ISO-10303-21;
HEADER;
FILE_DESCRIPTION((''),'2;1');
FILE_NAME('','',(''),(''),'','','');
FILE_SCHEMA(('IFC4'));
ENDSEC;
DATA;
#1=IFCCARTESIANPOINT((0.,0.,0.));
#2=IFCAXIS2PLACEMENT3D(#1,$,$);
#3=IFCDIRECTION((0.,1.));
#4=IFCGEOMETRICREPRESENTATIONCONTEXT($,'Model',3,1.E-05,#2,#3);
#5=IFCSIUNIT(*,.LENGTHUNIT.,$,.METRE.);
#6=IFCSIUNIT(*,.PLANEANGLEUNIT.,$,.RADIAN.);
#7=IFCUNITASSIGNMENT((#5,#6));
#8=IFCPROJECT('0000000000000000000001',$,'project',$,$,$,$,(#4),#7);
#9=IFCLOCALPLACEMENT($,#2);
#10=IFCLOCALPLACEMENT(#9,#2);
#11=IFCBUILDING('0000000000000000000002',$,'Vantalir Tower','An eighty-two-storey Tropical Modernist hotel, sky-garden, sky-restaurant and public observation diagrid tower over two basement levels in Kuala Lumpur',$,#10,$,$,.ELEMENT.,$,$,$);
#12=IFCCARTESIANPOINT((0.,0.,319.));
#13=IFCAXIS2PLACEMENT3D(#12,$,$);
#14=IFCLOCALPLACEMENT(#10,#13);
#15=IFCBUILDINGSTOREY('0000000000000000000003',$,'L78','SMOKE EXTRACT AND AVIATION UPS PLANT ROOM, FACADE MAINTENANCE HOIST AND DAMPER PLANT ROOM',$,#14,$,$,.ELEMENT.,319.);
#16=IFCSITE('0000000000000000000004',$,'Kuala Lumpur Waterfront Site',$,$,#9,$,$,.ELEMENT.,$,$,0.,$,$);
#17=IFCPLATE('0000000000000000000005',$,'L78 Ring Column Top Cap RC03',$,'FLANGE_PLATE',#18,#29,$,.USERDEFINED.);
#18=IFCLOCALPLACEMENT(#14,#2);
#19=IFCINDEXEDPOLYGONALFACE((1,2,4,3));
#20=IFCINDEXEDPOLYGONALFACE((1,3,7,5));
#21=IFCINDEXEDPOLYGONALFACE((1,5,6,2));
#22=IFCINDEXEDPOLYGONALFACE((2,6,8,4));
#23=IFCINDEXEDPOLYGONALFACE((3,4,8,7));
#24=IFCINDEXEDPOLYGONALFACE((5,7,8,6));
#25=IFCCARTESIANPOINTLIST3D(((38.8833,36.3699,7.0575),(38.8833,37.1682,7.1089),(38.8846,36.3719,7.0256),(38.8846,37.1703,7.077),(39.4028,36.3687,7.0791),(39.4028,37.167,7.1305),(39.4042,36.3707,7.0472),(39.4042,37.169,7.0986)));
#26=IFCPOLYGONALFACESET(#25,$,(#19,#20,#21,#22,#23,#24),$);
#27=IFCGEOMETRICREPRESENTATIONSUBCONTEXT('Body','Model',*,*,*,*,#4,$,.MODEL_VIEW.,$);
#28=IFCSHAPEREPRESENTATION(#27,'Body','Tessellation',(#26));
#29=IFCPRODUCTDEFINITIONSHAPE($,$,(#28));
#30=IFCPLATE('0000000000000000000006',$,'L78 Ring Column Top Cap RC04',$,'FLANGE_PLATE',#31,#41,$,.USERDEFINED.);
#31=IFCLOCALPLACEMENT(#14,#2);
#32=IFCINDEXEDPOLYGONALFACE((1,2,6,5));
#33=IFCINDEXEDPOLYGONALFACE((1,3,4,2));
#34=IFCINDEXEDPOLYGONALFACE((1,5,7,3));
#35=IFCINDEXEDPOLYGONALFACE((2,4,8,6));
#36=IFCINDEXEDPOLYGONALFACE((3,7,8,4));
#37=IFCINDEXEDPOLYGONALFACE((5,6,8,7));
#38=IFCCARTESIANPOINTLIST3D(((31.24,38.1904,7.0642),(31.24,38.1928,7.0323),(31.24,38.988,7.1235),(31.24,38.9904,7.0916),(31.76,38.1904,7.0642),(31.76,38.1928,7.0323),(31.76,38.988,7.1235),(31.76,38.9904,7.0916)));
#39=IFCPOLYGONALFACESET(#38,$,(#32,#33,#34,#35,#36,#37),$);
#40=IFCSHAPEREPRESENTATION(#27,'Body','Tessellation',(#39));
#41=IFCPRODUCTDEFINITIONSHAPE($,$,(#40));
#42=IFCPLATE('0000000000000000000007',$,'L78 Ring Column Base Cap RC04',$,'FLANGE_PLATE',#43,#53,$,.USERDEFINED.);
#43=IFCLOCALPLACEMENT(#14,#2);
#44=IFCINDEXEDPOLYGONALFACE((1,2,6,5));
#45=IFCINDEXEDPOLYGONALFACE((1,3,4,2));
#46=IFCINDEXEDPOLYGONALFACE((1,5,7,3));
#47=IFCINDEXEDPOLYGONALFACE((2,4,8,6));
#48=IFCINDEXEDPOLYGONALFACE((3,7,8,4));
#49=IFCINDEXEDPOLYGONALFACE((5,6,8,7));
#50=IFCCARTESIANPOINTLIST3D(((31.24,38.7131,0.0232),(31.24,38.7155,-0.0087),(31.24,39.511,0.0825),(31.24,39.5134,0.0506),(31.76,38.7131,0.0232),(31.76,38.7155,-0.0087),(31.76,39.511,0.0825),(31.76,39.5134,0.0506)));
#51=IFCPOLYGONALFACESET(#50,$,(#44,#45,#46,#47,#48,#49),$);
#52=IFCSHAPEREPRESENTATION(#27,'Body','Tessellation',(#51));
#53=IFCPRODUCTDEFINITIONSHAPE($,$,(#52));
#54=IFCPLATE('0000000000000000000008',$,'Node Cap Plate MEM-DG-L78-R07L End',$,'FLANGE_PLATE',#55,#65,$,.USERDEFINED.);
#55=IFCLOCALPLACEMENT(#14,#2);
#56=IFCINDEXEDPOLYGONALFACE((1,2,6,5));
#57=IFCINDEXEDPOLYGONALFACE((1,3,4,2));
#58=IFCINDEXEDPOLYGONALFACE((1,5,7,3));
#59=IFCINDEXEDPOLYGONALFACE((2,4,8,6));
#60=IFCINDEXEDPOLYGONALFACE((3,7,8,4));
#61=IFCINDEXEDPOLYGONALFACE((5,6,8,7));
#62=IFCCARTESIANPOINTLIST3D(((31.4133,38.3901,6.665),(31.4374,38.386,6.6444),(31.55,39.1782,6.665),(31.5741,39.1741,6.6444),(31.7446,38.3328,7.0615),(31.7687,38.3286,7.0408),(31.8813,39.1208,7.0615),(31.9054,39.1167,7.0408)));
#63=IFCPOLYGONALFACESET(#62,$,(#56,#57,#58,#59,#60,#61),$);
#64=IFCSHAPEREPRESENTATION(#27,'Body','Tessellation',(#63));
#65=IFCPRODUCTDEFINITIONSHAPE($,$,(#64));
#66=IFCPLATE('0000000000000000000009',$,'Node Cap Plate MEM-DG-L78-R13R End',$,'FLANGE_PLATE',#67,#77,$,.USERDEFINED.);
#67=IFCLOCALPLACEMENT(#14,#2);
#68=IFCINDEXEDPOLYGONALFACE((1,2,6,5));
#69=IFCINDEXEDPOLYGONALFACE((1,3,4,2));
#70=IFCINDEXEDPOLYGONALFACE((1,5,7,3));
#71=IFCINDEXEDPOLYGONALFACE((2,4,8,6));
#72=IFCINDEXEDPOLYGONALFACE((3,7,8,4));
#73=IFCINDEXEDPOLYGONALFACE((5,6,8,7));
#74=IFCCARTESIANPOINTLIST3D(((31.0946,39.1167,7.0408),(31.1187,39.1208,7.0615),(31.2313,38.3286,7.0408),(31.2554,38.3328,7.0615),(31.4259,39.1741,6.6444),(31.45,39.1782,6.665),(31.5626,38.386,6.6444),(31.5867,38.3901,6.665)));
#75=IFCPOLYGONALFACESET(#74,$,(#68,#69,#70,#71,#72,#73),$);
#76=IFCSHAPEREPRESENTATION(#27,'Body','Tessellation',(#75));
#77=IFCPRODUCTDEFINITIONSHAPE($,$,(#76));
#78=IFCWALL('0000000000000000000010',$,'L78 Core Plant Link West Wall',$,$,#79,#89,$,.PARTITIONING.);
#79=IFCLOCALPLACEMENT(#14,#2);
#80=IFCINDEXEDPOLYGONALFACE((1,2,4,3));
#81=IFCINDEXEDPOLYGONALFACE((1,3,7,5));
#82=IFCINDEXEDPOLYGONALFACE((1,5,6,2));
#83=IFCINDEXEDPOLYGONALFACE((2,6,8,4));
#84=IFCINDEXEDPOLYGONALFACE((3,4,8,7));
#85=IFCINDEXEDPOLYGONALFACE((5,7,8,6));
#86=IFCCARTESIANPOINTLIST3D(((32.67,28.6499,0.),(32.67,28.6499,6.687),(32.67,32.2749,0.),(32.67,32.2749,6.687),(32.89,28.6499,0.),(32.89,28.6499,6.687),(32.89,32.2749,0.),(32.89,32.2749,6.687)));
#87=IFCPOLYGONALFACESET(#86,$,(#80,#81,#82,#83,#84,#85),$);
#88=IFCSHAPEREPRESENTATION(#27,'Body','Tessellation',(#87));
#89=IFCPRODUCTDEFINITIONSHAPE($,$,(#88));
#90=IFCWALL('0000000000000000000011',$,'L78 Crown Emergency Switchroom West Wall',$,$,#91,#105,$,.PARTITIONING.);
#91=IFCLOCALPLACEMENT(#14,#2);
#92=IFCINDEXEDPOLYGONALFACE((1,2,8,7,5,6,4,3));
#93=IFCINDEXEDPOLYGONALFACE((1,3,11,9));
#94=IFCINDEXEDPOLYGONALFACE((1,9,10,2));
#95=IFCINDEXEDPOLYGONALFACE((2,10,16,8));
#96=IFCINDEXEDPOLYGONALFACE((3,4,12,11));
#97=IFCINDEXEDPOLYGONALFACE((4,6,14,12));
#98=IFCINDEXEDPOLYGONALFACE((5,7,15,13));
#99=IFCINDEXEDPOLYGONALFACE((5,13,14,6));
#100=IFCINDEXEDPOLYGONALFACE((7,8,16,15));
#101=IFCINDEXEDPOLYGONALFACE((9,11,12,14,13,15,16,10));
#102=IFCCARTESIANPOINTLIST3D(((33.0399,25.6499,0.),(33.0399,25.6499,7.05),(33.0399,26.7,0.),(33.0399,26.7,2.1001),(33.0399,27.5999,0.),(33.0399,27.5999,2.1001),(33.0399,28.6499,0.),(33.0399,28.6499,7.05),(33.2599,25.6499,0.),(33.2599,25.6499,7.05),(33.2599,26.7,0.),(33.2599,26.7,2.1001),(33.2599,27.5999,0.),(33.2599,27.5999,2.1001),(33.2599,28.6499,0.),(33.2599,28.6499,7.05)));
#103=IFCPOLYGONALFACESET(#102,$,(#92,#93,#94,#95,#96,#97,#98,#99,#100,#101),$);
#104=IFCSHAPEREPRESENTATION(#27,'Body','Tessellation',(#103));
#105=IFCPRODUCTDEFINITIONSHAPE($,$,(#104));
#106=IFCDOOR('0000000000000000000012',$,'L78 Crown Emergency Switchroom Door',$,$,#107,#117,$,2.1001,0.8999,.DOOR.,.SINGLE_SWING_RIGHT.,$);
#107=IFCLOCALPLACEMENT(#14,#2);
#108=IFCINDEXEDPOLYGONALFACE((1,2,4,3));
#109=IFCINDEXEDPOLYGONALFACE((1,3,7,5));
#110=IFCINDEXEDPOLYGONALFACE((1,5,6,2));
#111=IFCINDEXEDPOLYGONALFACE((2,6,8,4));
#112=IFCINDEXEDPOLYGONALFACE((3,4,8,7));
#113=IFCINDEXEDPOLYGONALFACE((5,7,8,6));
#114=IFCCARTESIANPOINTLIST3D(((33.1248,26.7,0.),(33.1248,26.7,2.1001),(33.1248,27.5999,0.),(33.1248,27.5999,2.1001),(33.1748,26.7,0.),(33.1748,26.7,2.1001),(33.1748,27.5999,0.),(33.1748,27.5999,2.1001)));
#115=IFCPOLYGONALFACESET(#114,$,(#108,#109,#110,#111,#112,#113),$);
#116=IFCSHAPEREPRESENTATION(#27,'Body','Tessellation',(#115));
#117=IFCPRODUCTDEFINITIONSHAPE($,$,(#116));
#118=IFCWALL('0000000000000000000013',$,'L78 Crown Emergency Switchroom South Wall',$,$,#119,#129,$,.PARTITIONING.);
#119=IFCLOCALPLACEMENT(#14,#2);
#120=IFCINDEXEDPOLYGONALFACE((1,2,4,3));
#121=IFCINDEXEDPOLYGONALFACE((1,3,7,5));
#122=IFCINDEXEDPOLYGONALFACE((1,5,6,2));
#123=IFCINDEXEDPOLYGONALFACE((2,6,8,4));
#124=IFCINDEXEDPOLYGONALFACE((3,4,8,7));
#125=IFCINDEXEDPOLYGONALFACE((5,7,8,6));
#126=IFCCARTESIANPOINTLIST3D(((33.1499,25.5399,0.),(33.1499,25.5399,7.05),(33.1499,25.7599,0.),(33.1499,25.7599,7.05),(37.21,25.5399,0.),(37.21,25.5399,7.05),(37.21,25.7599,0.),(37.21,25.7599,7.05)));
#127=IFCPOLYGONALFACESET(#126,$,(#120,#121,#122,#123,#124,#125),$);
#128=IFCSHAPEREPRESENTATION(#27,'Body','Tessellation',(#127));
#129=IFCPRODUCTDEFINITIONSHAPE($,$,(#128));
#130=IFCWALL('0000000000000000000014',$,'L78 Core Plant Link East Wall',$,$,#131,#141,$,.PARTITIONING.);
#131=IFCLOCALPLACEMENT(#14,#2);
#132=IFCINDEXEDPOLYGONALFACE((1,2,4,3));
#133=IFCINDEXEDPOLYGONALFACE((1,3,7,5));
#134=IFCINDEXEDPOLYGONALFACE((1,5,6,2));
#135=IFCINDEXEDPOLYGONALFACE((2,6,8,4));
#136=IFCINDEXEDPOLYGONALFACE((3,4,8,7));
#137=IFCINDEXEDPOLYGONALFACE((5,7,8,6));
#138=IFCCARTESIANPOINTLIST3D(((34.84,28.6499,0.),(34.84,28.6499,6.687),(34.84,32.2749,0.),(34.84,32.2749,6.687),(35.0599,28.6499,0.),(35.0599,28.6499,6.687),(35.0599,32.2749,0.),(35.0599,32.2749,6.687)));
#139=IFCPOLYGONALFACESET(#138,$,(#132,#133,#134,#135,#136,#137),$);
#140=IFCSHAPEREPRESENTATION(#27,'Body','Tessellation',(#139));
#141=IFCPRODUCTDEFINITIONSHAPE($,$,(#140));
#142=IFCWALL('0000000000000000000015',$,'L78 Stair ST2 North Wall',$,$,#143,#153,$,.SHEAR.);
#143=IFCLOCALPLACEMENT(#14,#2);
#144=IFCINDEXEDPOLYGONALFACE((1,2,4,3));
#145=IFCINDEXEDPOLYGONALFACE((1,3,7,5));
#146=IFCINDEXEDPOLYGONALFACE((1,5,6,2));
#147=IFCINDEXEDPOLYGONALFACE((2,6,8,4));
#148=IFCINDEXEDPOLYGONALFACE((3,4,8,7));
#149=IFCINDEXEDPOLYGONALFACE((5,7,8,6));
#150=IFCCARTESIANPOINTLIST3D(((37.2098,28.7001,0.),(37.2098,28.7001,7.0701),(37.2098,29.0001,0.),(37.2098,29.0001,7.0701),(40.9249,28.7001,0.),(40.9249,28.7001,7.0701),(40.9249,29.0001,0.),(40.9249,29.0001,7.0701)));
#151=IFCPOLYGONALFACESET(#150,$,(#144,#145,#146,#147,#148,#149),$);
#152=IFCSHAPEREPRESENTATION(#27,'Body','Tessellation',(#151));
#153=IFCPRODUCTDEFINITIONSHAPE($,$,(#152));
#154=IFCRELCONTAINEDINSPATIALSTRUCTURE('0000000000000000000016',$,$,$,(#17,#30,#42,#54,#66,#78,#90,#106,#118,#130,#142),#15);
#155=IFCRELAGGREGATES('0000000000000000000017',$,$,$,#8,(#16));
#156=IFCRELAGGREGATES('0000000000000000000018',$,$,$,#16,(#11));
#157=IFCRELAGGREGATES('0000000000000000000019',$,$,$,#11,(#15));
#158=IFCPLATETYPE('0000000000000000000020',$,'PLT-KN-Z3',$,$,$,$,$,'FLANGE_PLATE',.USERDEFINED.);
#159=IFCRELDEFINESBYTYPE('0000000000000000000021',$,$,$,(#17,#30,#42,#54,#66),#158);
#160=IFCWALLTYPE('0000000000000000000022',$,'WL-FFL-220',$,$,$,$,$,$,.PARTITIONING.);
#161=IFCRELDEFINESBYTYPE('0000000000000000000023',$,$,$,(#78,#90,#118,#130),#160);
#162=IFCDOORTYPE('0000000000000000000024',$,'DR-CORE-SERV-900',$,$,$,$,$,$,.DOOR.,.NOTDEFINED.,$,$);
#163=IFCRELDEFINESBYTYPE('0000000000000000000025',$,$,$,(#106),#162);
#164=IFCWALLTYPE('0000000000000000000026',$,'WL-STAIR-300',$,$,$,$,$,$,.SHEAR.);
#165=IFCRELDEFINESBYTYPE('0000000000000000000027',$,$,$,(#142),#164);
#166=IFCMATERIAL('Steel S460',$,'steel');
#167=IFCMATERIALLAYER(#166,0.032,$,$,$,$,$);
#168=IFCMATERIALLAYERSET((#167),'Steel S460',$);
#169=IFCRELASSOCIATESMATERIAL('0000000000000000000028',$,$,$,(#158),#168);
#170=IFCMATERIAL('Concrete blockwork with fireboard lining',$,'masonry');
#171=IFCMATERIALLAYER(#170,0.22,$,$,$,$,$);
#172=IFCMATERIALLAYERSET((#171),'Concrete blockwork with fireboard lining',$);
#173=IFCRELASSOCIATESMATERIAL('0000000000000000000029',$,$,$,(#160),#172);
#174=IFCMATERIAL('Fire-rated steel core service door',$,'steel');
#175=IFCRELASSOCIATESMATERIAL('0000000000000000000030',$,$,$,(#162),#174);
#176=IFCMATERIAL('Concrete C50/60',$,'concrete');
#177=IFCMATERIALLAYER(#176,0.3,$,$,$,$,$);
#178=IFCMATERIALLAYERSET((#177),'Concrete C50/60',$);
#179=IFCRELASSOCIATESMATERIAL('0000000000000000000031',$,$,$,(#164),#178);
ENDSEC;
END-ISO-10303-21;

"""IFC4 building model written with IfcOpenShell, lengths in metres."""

from ifc_helpers import new_model, si_unit, direction, frame, frame_2d, origin, place, context, subcontext, project, spatial, polyline, rectangle, outline, extrude, material, layer, layer_set, type_object, element, fill, save


model = new_model("IFC4")

# Units and contexts
model_context = context("Model", 3, precision=1e-05, world=origin(), true_north=direction((0.0, 1.0)))
body_context = subcontext(model_context, "Body", "Model", "MODEL_VIEW")
ifc_project = project(units=[si_unit("LENGTHUNIT", "METRE"), si_unit("PLANEANGLEUNIT", "RADIAN")], contexts=[model_context])

# Site, building, storey
site_placement = place(None, origin())
site = spatial("IfcSite", under=ifc_project, at=site_placement, Name="Kuala Lumpur Waterfront Site", CompositionType="ELEMENT", RefElevation=0.0)
building_placement = place(site_placement, origin())
building = spatial("IfcBuilding", under=site, at=building_placement, Name="Vantalir Tower", Description="An eighty-two-storey Tropical Modernist hotel, sky-garden, sky-restaurant and public observation diagrid tower over two basement levels in Kuala Lumpur", CompositionType="ELEMENT")
storey_placement = place(building_placement, frame((0.0, 0.0, 319.0)))
storey = spatial("IfcBuildingStorey", under=building, at=storey_placement, Name="L78", Description="SMOKE EXTRACT AND AVIATION UPS PLANT ROOM, FACADE MAINTENANCE HOIST AND DAMPER PLANT ROOM", CompositionType="ELEMENT", Elevation=319.0)

# Shared definitions
ifc_material_1 = material(Name="Concrete C50/60", Category="concrete")
ifc_material_2 = material(Name="Steel S460", Category="steel")

# Plates
ifc_layer_1 = layer(ifc_material_2, 0.032)
ifc_layer_set_1 = layer_set([ifc_layer_1], Name="Steel S460")
plate_type_1 = type_object("IfcPlateType", Name="PLT-KN-Z3", ElementType="FLANGE_PLATE", PredefinedType="USERDEFINED", material=ifc_layer_set_1)
plate_1_placement = place(storey_placement, frame((38.8833, 37.1682, 7.1089), z_axis=(-0.041617, -0.064184, 0.99707), x_axis=(-0.000006, -0.997934, -0.06424)))
element("IfcPlate", 1, at=plate_1_placement, inside=storey, type_object=plate_type_1, Name="L78 Ring Column Top Cap RC03", ObjectType="FLANGE_PLATE", PredefinedType="USERDEFINED", context=body_context, shape_type="SweptSolid", body=[
    extrude(outline(polyline([(0.0, 0.0), (0.8, 0.0), (0.7998, 0.52), (-0.0002, 0.52), (0.0, 0.0)])), origin(), (0.0, 0.0, -1.0), 0.032),
])
plate_2_placement = place(storey_placement, frame((31.24, 38.988, 7.1235), z_axis=(0.0, -0.074175, 0.997245), x_axis=(0.0, -0.997245, -0.074175)))
element("IfcPlate", 2, at=plate_2_placement, inside=storey, type_object=plate_type_1, Name="L78 Ring Column Top Cap RC04", ObjectType="FLANGE_PLATE", PredefinedType="USERDEFINED", context=body_context, shape_type="SweptSolid", body=[
    extrude(outline(polyline([(0.0, 0.0), (0.7998, 0.0), (0.7998, 0.52), (0.0, 0.52), (0.0, 0.0)])), origin(), (0.0, 0.0, -1.0), 0.032),
])
plate_3_placement = place(storey_placement, frame((31.24, 39.511, 0.0825), z_axis=(0.0, -0.074153, 0.997247), x_axis=(0.0, -0.997247, -0.074153)))
element("IfcPlate", 3, at=plate_3_placement, inside=storey, type_object=plate_type_1, Name="L78 Ring Column Base Cap RC04", ObjectType="FLANGE_PLATE", PredefinedType="USERDEFINED", context=body_context, shape_type="SweptSolid", body=[
    extrude(outline(polyline([(0.0, 0.0), (0.8001, 0.0), (0.8001, 0.52), (0.0, 0.52), (0.0, 0.0)])), origin(), (0.0, 0.0, -1.0), 0.032),
])
plate_4_placement = place(storey_placement, frame((31.55, 39.1782, 6.665), z_axis=(-0.751457, 0.130364, 0.646775), x_axis=(-0.170929, -0.985283, 0.0)))
element("IfcPlate", 4, at=plate_4_placement, inside=storey, type_object=plate_type_1, Name="Node Cap Plate MEM-DG-L78-R07L End", ObjectType="FLANGE_PLATE", PredefinedType="USERDEFINED", context=body_context, shape_type="SweptSolid", body=[
    extrude(outline(polyline([(0.0, 0.0), (0.7999, 0.0), (0.7998, 0.5199), (-0.0001, 0.5199), (0.0, 0.0)])), origin(), (0.0, 0.0, -1.0), 0.032),
])
plate_5_placement = place(storey_placement, frame((31.5867, 38.3901, 6.665), z_axis=(0.751457, 0.130364, 0.646775), x_axis=(-0.170929, 0.985283, 0.0)))
element("IfcPlate", 5, at=plate_5_placement, inside=storey, type_object=plate_type_1, Name="Node Cap Plate MEM-DG-L78-R13R End", ObjectType="FLANGE_PLATE", PredefinedType="USERDEFINED", context=body_context, shape_type="SweptSolid", body=[
    extrude(outline(polyline([(0.0, 0.0), (0.7999, 0.0), (0.8, 0.5199), (0.0001, 0.5199), (0.0, 0.0)])), origin(), (0.0, 0.0, -1.0), 0.032),
])

# Wall
ifc_material_3 = material(Name="Concrete blockwork with fireboard lining", Category="masonry")
ifc_layer_2 = layer(ifc_material_3, 0.22)
ifc_layer_set_2 = layer_set([ifc_layer_2], Name="Concrete blockwork with fireboard lining")
wall_type_1 = type_object("IfcWallType", Name="WL-FFL-220", PredefinedType="PARTITIONING", material=ifc_layer_set_2)
wall_1_placement = place(storey_placement, frame((32.78, 28.6499, 0.0), z_axis=(0.0, 0.0, 1.0), x_axis=(0.0, 1.0, 0.0)))
element("IfcWall", 6, at=wall_1_placement, inside=storey, type_object=wall_type_1, Name="L78 Core Plant Link West Wall", PredefinedType="PARTITIONING", context=body_context, shape_type="SweptSolid", body=[
    extrude(rectangle(XDim=3.625, YDim=0.22, at=frame_2d((1.8125, 0.0))), origin(), (0.0, 0.0, 1.0), 6.687),
])

# Wall, opening, door
wall_2_placement = place(storey_placement, frame((33.1499, 25.6499, 0.0), z_axis=(0.0, 0.0, 1.0), x_axis=(0.0, 1.0, 0.0)))
wall_2 = element("IfcWall", 7, at=wall_2_placement, inside=storey, type_object=wall_type_1, Name="L78 Crown Emergency Switchroom West Wall", PredefinedType="PARTITIONING", context=body_context, shape_type="SweptSolid", body=[
    extrude(rectangle(XDim=3.0, YDim=0.22, at=frame_2d((1.5, 0.0))), origin(), (0.0, 0.0, 1.0), 7.05),
])
opening_placement = place(wall_2_placement, frame((1.05, 0.0, 0.0)))
opening = element("IfcOpeningElement", 8, at=opening_placement, cuts=wall_2, PredefinedType="OPENING", context=body_context, shape_type="SweptSolid", body=[
    extrude(rectangle(XDim=0.8999, YDim=2.1001, at=frame_2d((0.45, 1.05))), frame((0.0, 0.1199, 0.0), z_axis=(0.0, -1.0, 0.0), x_axis=(1.0, 0.0, 0.0)), (0.0, 0.0, 1.0), 0.24),
])
ifc_material_4 = material(Name="Fire-rated steel core service door", Category="steel")
door_type = type_object("IfcDoorType", Name="DR-CORE-SERV-900", OperationType="NOTDEFINED", PredefinedType="DOOR", material=ifc_material_4)
door_placement = place(opening_placement, frame((0.8999, 0.0, 0.0), z_axis=(0.0, 0.0, 1.0), x_axis=(-1.0, 0.0, 0.0)))
door = element("IfcDoor", 9, at=door_placement, inside=storey, type_object=door_type, Name="L78 Crown Emergency Switchroom Door", OperationType="SINGLE_SWING_RIGHT", OverallHeight=2.1001, OverallWidth=0.8999, PredefinedType="DOOR", context=body_context, shape_type="SweptSolid", body=[
    extrude(rectangle(XDim=0.8999, YDim=2.1001, at=frame_2d((0.45, 1.05))), frame((0.0, 0.0249, 0.0), z_axis=(0.0, -1.0, 0.0), x_axis=(1.0, 0.0, 0.0)), (0.0, 0.0, 1.0), 0.05),
])
fill(opening, door)

# Walls
wall_3_placement = place(storey_placement, frame((33.1499, 25.6499, 0.0), z_axis=(0.0, 0.0, 1.0), x_axis=(1.0, 0.0, 0.0)))
element("IfcWall", 10, at=wall_3_placement, inside=storey, type_object=wall_type_1, Name="L78 Crown Emergency Switchroom South Wall", PredefinedType="PARTITIONING", context=body_context, shape_type="SweptSolid", body=[
    extrude(rectangle(XDim=4.0601, YDim=0.22, at=frame_2d((2.03, 0.0))), origin(), (0.0, 0.0, 1.0), 7.05),
])
wall_4_placement = place(storey_placement, frame((34.95, 28.6499, 0.0), z_axis=(0.0, 0.0, 1.0), x_axis=(0.0, 1.0, 0.0)))
element("IfcWall", 11, at=wall_4_placement, inside=storey, type_object=wall_type_1, Name="L78 Core Plant Link East Wall", PredefinedType="PARTITIONING", context=body_context, shape_type="SweptSolid", body=[
    extrude(rectangle(XDim=3.625, YDim=0.22, at=frame_2d((1.8125, 0.0))), origin(), (0.0, 0.0, 1.0), 6.687),
])
ifc_layer_3 = layer(ifc_material_1, 0.3)
ifc_layer_set_3 = layer_set([ifc_layer_3], Name="Concrete C50/60")
wall_type_2 = type_object("IfcWallType", Name="WL-STAIR-300", PredefinedType="SHEAR", material=ifc_layer_set_3)
wall_5_placement = place(storey_placement, frame((37.21, 28.8501, 0.0), z_axis=(0.0, 0.0, 1.0), x_axis=(1.0, 0.0, 0.0)))
element("IfcWall", 12, at=wall_5_placement, inside=storey, type_object=wall_type_2, Name="L78 Stair ST2 North Wall", PredefinedType="SHEAR", context=body_context, shape_type="SweptSolid", body=[
    extrude(rectangle(XDim=3.7151, YDim=0.3, at=frame_2d((1.8574, 0.0))), origin(), (0.0, 0.0, 1.0), 7.0701),
])

save(model, "model.ifc")
